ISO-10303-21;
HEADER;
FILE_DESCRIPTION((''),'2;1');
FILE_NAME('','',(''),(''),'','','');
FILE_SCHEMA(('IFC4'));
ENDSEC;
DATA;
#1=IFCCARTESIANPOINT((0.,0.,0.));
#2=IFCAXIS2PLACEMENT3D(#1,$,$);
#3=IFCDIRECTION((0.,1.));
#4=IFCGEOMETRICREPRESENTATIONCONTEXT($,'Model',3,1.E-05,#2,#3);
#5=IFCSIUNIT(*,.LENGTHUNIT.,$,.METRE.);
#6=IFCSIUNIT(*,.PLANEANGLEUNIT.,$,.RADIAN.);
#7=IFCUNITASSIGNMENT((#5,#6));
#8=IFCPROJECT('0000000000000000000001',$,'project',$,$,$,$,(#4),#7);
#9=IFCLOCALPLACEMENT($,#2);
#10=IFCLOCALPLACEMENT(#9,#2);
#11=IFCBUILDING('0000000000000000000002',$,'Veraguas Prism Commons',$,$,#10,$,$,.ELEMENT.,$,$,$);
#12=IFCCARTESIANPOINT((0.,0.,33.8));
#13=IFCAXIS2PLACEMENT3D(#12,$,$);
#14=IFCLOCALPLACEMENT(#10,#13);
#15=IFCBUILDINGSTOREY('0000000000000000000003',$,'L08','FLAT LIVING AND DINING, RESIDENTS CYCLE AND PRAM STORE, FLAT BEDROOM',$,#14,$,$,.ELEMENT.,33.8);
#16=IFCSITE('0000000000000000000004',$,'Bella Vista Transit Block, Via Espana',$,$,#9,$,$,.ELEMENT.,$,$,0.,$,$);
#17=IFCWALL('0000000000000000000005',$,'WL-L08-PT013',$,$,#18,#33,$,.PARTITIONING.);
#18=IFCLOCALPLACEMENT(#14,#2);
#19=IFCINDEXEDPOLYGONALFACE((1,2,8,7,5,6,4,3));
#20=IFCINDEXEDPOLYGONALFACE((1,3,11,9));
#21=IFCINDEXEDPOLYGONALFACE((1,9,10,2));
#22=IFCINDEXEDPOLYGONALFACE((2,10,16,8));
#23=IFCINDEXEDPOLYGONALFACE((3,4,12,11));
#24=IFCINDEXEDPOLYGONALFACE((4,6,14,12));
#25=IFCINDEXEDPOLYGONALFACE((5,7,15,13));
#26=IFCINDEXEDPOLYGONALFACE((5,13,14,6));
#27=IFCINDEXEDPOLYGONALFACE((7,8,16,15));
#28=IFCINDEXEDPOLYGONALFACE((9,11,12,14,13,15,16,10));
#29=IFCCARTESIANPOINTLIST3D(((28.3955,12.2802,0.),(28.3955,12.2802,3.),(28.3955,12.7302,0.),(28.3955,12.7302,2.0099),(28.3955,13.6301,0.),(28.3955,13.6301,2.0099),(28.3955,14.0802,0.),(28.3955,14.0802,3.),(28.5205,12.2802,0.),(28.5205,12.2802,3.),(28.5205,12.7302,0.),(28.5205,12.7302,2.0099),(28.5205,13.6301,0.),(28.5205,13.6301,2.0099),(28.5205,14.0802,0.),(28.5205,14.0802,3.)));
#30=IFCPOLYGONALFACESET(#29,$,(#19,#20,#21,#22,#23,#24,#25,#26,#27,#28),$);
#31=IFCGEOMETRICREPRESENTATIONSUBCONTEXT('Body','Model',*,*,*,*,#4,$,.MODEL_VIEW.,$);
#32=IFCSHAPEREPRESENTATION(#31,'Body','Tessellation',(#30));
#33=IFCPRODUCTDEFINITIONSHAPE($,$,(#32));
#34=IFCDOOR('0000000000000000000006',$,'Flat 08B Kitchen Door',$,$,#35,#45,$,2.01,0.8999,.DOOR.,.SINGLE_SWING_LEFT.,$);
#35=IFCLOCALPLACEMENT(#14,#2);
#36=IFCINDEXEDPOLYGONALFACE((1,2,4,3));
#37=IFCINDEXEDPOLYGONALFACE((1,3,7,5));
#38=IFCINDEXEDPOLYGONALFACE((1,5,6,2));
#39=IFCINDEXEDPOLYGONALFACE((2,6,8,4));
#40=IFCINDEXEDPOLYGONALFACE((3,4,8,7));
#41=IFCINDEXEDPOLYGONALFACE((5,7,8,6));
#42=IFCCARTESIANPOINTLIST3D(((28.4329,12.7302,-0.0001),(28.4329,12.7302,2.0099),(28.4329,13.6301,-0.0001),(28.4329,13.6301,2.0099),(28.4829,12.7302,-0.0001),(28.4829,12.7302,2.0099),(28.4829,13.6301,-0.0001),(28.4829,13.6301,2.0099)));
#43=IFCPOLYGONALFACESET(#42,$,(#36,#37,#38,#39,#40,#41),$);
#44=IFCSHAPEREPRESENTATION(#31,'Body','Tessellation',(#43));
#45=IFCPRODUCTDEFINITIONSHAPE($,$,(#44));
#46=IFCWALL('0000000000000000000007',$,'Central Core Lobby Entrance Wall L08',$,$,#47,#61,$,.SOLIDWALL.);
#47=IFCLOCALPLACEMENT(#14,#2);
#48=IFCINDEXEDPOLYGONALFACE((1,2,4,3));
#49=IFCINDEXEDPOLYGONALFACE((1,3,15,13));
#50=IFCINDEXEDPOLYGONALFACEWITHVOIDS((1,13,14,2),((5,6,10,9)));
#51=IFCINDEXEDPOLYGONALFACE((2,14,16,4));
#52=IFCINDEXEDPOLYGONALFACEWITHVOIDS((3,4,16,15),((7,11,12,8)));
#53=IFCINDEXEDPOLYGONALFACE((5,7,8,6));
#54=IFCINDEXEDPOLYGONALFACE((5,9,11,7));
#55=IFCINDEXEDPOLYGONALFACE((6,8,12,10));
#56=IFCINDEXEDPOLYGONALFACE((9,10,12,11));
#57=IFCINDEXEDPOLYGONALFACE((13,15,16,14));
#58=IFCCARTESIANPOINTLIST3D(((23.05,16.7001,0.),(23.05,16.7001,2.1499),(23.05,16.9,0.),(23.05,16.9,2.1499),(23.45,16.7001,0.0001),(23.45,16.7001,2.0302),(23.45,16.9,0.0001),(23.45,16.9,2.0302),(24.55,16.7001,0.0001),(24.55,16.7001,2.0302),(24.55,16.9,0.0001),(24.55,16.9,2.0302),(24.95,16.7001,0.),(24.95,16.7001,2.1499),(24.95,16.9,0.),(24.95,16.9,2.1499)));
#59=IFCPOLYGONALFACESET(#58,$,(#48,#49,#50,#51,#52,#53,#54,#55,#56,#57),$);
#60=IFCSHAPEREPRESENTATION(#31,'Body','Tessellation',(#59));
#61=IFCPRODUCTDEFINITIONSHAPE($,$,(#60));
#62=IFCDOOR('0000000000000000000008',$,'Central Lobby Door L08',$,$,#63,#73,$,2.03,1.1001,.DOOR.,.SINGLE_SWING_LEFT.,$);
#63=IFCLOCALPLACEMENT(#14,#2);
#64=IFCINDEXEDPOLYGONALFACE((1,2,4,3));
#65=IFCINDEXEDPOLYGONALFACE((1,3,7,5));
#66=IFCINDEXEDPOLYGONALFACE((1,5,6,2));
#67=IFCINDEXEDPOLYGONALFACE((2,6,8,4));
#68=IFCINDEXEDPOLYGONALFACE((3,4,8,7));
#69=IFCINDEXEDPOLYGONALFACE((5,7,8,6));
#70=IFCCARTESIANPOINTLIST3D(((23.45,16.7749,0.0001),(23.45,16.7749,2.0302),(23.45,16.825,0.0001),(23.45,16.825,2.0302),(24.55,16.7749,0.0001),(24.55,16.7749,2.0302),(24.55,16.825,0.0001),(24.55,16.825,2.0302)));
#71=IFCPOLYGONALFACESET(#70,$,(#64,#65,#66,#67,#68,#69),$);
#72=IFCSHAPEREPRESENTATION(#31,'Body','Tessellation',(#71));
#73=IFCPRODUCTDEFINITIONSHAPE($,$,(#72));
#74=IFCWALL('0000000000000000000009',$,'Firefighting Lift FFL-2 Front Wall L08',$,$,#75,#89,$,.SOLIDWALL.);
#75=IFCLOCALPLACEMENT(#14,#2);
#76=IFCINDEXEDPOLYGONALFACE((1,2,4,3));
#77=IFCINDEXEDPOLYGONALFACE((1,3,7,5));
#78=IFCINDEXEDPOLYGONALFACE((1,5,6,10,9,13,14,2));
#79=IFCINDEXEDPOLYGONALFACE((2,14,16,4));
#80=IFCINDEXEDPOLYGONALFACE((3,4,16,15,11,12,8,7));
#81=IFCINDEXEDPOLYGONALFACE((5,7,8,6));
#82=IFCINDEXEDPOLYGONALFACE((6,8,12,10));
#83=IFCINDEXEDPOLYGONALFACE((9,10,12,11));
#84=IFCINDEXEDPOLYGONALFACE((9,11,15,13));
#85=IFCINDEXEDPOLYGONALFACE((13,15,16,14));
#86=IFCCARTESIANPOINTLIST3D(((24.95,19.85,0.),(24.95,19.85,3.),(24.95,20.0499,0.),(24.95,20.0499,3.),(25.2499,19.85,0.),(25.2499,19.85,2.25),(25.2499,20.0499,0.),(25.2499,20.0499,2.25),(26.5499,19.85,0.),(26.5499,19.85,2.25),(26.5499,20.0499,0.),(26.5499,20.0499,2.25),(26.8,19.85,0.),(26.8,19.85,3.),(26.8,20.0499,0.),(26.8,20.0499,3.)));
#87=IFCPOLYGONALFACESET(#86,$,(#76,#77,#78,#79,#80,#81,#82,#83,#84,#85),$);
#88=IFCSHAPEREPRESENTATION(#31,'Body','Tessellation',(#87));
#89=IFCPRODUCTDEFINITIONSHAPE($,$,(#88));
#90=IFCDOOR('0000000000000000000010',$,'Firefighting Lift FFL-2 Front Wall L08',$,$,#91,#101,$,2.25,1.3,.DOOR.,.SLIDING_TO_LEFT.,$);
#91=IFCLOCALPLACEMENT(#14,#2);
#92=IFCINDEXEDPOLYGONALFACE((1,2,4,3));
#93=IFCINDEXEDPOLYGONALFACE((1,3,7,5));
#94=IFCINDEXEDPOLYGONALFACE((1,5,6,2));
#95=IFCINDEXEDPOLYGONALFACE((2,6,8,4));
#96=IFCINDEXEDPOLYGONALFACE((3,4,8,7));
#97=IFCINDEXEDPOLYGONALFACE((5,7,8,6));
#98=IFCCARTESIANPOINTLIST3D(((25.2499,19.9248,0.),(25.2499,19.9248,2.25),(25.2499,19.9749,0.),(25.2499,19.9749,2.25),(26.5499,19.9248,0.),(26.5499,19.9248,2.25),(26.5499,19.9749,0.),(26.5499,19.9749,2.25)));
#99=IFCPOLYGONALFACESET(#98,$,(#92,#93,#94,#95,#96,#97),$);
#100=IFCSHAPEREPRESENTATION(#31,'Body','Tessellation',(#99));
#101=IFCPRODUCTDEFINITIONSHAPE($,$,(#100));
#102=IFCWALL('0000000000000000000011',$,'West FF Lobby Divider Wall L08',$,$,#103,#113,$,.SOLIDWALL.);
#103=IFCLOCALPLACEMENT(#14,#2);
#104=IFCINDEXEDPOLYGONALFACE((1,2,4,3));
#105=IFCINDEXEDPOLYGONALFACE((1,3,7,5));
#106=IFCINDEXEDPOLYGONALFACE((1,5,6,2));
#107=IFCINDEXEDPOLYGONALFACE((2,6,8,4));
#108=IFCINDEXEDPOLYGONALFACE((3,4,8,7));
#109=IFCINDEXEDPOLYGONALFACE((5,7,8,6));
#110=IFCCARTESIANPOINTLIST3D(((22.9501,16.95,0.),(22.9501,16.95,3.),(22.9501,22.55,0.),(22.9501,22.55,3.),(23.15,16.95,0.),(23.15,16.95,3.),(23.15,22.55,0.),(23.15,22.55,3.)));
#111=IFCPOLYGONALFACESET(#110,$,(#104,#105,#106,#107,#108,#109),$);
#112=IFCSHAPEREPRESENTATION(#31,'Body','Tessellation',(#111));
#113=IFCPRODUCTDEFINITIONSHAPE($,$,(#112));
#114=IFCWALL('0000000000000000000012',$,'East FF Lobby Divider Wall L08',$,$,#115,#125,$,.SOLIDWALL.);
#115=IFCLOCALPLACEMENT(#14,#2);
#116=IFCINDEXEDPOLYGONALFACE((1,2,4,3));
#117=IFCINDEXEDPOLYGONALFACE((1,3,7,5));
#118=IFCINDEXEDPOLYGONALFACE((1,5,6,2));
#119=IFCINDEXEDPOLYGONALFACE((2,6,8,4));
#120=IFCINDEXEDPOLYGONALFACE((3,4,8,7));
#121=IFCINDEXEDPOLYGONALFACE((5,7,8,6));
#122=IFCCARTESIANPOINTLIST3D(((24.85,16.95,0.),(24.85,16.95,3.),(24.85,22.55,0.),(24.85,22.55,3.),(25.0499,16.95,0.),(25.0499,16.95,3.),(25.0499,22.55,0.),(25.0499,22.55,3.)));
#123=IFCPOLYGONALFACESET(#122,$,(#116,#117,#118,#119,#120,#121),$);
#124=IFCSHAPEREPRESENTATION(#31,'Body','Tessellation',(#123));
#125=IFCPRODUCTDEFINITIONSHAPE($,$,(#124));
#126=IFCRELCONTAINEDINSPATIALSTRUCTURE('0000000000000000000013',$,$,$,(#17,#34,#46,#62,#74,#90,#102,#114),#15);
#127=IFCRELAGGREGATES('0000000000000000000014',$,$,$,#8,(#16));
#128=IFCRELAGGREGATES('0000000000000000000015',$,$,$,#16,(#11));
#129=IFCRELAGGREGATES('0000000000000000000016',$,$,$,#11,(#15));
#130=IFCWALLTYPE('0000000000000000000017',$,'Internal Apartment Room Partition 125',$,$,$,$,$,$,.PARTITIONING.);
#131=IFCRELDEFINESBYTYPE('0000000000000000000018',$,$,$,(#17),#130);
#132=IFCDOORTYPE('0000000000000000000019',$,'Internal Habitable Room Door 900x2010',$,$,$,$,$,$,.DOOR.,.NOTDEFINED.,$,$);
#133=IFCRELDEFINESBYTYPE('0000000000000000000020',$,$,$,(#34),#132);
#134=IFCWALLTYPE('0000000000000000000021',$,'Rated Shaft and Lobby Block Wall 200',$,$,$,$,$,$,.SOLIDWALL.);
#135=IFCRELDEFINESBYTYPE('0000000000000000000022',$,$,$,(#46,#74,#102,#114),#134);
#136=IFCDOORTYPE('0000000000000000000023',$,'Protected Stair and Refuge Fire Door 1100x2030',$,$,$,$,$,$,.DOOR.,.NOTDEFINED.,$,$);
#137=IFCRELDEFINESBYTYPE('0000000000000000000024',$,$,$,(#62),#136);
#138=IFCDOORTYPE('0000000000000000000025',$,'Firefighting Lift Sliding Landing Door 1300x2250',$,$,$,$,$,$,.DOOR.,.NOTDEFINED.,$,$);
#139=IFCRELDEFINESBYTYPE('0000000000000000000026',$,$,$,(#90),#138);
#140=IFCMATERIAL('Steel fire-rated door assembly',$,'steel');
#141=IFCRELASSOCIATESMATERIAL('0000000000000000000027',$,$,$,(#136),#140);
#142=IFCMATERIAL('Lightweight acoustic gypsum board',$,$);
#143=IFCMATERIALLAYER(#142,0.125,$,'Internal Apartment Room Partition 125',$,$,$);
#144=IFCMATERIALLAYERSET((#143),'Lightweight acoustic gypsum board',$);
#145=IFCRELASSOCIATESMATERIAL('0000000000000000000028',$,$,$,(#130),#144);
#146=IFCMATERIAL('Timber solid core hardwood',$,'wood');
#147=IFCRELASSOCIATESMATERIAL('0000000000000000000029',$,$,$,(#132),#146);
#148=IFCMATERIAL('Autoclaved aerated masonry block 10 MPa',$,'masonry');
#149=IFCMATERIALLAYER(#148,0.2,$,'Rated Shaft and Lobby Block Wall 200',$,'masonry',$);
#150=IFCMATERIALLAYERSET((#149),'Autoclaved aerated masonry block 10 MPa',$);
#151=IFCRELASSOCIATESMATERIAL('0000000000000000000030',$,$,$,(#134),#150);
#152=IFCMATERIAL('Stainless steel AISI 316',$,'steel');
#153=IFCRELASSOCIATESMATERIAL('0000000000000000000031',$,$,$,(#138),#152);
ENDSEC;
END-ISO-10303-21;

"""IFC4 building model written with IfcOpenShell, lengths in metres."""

from ifc_helpers import new_model, si_unit, direction, frame, frame_2d, origin, place, context, subcontext, project, spatial, rectangle, extrude, source, transform, mapped, material, layer, layer_set, type_object, element, fill, save


model = new_model("IFC4")

# Units and contexts
model_context = context("Model", 3, precision=1e-05, world=origin(), true_north=direction((0.0, 1.0)))
body_context = subcontext(model_context, "Body", "Model", "MODEL_VIEW")
ifc_project = project(units=[si_unit("LENGTHUNIT", "METRE"), si_unit("PLANEANGLEUNIT", "RADIAN")], contexts=[model_context])

# Site, building, storey
site_placement = place(None, origin())
site = spatial("IfcSite", under=ifc_project, at=site_placement, Name="Bella Vista Transit Block, Via Espana", CompositionType="ELEMENT", RefElevation=0.0)
building_placement = place(site_placement, origin())
building = spatial("IfcBuilding", under=site, at=building_placement, Name="Veraguas Prism Commons", CompositionType="ELEMENT")
storey_placement = place(building_placement, frame((0.0, 0.0, 33.8)))
storey = spatial("IfcBuildingStorey", under=building, at=storey_placement, Name="L08", Description="FLAT LIVING AND DINING, RESIDENTS CYCLE AND PRAM STORE, FLAT BEDROOM", CompositionType="ELEMENT", Elevation=33.8)

# Shared definitions
ifc_material_1 = material(Name="Steel fire-rated door assembly", Category="steel")
door_type_1 = type_object("IfcDoorType", Name="Protected Stair and Refuge Fire Door 1100x2030", OperationType="NOTDEFINED", PredefinedType="DOOR", material=ifc_material_1)
shared_shape_1 = source(origin(), body_context, "Body", "SweptSolid", [
    extrude(rectangle(XDim=1.1001, YDim=2.03, at=frame_2d((0.55, 1.0151))), frame((0.0, 0.0249, 0.0), z_axis=(0.0, -1.0, 0.0), x_axis=(1.0, 0.0, 0.0)), (0.0, 0.0, 1.0), 0.05),
])

# Shared definitions
ifc_material_2 = material(Name="Autoclaved aerated masonry block 10 MPa", Category="masonry")

# Walls, openings, doors
ifc_material_3 = material(Name="Lightweight acoustic gypsum board")
ifc_layer_1 = layer(ifc_material_3, 0.125, Name="Internal Apartment Room Partition 125")
ifc_layer_set_1 = layer_set([ifc_layer_1], Name="Lightweight acoustic gypsum board")
wall_type_1 = type_object("IfcWallType", Name="Internal Apartment Room Partition 125", PredefinedType="PARTITIONING", material=ifc_layer_set_1)
wall_1_placement = place(storey_placement, frame((28.458, 14.0801, 0.0), z_axis=(0.0, 0.0, 1.0), x_axis=(0.0, -1.0, 0.0)))
wall_1 = element("IfcWall", 1, at=wall_1_placement, inside=storey, type_object=wall_type_1, Name="WL-L08-PT013", PredefinedType="PARTITIONING", context=body_context, shape_type="SweptSolid", body=[
    extrude(rectangle(XDim=1.8, YDim=0.125, at=frame_2d((0.8999, 0.0))), origin(), (0.0, 0.0, 1.0), 3.0),
])
opening_1_placement = place(wall_1_placement, frame((0.45, 0.0, 0.0)))
opening_1 = element("IfcOpeningElement", 2, at=opening_1_placement, cuts=wall_1, PredefinedType="OPENING", context=body_context, shape_type="SweptSolid", body=[
    extrude(rectangle(XDim=0.8999, YDim=2.01, at=frame_2d((0.45, 1.0049))), frame((0.0, 0.0725, 0.0), z_axis=(0.0, -1.0, 0.0), x_axis=(1.0, 0.0, 0.0)), (0.0, 0.0, 1.0), 0.145),
])
ifc_material_4 = material(Name="Timber solid core hardwood", Category="wood")
door_type_2 = type_object("IfcDoorType", Name="Internal Habitable Room Door 900x2010", OperationType="NOTDEFINED", PredefinedType="DOOR", material=ifc_material_4)
shared_shape_2 = source(origin(), body_context, "Body", "SweptSolid", [
    extrude(rectangle(XDim=0.8999, YDim=2.01, at=frame_2d((0.45, 1.0049))), frame((0.0, 0.0249, 0.0), z_axis=(0.0, -1.0, 0.0), x_axis=(1.0, 0.0, 0.0)), (0.0, 0.0, 1.0), 0.05),
])
door_1_placement = place(opening_1_placement, origin())
door_1 = element("IfcDoor", 3, at=door_1_placement, inside=storey, type_object=door_type_2, Name="Flat 08B Kitchen Door", OperationType="SINGLE_SWING_LEFT", OverallHeight=2.01, OverallWidth=0.8999, PredefinedType="DOOR", context=body_context, shape_type="MappedRepresentation", body=[
    mapped(shared_shape_2, transform((0.0, 0.0, 0.0), scale=1.0)),
])
fill(opening_1, door_1)
ifc_layer_2 = layer(ifc_material_2, 0.2, Name="Rated Shaft and Lobby Block Wall 200", Category="masonry")
ifc_layer_set_2 = layer_set([ifc_layer_2], Name="Autoclaved aerated masonry block 10 MPa")
wall_type_2 = type_object("IfcWallType", Name="Rated Shaft and Lobby Block Wall 200", PredefinedType="SOLIDWALL", material=ifc_layer_set_2)
wall_2_placement = place(storey_placement, frame((23.05, 16.8, 0.0), z_axis=(0.0, 0.0, 1.0), x_axis=(1.0, 0.0, 0.0)))
wall_2 = element("IfcWall", 4, at=wall_2_placement, inside=storey, type_object=wall_type_2, Name="Central Core Lobby Entrance Wall L08", PredefinedType="SOLIDWALL", context=body_context, shape_type="SweptSolid", body=[
    extrude(rectangle(XDim=1.8999, YDim=0.2, at=frame_2d((0.95, 0.0))), origin(), (0.0, 0.0, 1.0), 2.1499),
])
opening_2_placement = place(wall_2_placement, frame((0.3999, 0.0, 0.0)))
opening_2 = element("IfcOpeningElement", 5, at=opening_2_placement, cuts=wall_2, PredefinedType="OPENING", context=body_context, shape_type="SweptSolid", body=[
    extrude(rectangle(XDim=1.1001, YDim=2.03, at=frame_2d((0.55, 1.0151))), frame((0.0, 0.1099, 0.0), z_axis=(0.0, -1.0, 0.0), x_axis=(1.0, 0.0, 0.0)), (0.0, 0.0, 1.0), 0.22),
])
door_2_placement = place(opening_2_placement, origin())
door_2 = element("IfcDoor", 6, at=door_2_placement, inside=storey, type_object=door_type_1, Name="Central Lobby Door L08", OperationType="SINGLE_SWING_LEFT", OverallHeight=2.03, OverallWidth=1.1001, PredefinedType="DOOR", context=body_context, shape_type="MappedRepresentation", body=[
    mapped(shared_shape_1, transform((0.0, 0.0, 0.0), scale=1.0)),
])
fill(opening_2, door_2)
wall_3_placement = place(storey_placement, frame((24.95, 19.95, 0.0), z_axis=(0.0, 0.0, 1.0), x_axis=(1.0, 0.0, 0.0)))
wall_3 = element("IfcWall", 7, at=wall_3_placement, inside=storey, type_object=wall_type_2, Name="Firefighting Lift FFL-2 Front Wall L08", PredefinedType="SOLIDWALL", context=body_context, shape_type="SweptSolid", body=[
    extrude(rectangle(XDim=1.8501, YDim=0.2, at=frame_2d((0.925, 0.0))), origin(), (0.0, 0.0, 1.0), 3.0),
])
opening_3_placement = place(wall_3_placement, frame((0.3, 0.0, 0.0)))
opening_3 = element("IfcOpeningElement", 8, at=opening_3_placement, cuts=wall_3, PredefinedType="OPENING", context=body_context, shape_type="SweptSolid", body=[
    extrude(rectangle(XDim=1.3, YDim=2.25, at=frame_2d((0.6499, 1.125))), frame((0.0, 0.1099, 0.0), z_axis=(0.0, -1.0, 0.0), x_axis=(1.0, 0.0, 0.0)), (0.0, 0.0, 1.0), 0.22),
])
ifc_material_5 = material(Name="Stainless steel AISI 316", Category="steel")
door_type_3 = type_object("IfcDoorType", Name="Firefighting Lift Sliding Landing Door 1300x2250", OperationType="NOTDEFINED", PredefinedType="DOOR", material=ifc_material_5)
shared_shape_3 = source(origin(), body_context, "Body", "SweptSolid", [
    extrude(rectangle(XDim=1.3, YDim=2.25, at=frame_2d((0.6499, 1.125))), frame((0.0, 0.0249, 0.0), z_axis=(0.0, -1.0, 0.0), x_axis=(1.0, 0.0, 0.0)), (0.0, 0.0, 1.0), 0.05),
])
door_3_placement = place(opening_3_placement, origin())
door_3 = element("IfcDoor", 9, at=door_3_placement, inside=storey, type_object=door_type_3, Name="Firefighting Lift FFL-2 Front Wall L08", OperationType="SLIDING_TO_LEFT", OverallHeight=2.25, OverallWidth=1.3, PredefinedType="DOOR", context=body_context, shape_type="MappedRepresentation", body=[
    mapped(shared_shape_3, transform((0.0, 0.0, 0.0), scale=1.0)),
])
fill(opening_3, door_3)

# Walls
for number, where, z_axis, x_axis, name in (
    (10, (23.05, 16.95, 0.0), (0.0, 0.0, 1.0), (0.0, 1.0, 0.0), "West FF Lobby Divider Wall L08"),
    (11, (24.95, 16.95, 0.0), (0.0, 0.0, 1.0), (0.0, 1.0, 0.0), "East FF Lobby Divider Wall L08"),
):
    element("IfcWall", number, at=place(storey_placement, frame(where, z_axis=z_axis, x_axis=x_axis)), inside=storey, type_object=wall_type_2, Name=name, PredefinedType="SOLIDWALL", context=body_context, shape_type="SweptSolid", body=[
        extrude(rectangle(XDim=5.6001, YDim=0.2, at=frame_2d((2.8, 0.0))), origin(), (0.0, 0.0, 1.0), 3.0),
    ])

save(model, "model.ifc")
